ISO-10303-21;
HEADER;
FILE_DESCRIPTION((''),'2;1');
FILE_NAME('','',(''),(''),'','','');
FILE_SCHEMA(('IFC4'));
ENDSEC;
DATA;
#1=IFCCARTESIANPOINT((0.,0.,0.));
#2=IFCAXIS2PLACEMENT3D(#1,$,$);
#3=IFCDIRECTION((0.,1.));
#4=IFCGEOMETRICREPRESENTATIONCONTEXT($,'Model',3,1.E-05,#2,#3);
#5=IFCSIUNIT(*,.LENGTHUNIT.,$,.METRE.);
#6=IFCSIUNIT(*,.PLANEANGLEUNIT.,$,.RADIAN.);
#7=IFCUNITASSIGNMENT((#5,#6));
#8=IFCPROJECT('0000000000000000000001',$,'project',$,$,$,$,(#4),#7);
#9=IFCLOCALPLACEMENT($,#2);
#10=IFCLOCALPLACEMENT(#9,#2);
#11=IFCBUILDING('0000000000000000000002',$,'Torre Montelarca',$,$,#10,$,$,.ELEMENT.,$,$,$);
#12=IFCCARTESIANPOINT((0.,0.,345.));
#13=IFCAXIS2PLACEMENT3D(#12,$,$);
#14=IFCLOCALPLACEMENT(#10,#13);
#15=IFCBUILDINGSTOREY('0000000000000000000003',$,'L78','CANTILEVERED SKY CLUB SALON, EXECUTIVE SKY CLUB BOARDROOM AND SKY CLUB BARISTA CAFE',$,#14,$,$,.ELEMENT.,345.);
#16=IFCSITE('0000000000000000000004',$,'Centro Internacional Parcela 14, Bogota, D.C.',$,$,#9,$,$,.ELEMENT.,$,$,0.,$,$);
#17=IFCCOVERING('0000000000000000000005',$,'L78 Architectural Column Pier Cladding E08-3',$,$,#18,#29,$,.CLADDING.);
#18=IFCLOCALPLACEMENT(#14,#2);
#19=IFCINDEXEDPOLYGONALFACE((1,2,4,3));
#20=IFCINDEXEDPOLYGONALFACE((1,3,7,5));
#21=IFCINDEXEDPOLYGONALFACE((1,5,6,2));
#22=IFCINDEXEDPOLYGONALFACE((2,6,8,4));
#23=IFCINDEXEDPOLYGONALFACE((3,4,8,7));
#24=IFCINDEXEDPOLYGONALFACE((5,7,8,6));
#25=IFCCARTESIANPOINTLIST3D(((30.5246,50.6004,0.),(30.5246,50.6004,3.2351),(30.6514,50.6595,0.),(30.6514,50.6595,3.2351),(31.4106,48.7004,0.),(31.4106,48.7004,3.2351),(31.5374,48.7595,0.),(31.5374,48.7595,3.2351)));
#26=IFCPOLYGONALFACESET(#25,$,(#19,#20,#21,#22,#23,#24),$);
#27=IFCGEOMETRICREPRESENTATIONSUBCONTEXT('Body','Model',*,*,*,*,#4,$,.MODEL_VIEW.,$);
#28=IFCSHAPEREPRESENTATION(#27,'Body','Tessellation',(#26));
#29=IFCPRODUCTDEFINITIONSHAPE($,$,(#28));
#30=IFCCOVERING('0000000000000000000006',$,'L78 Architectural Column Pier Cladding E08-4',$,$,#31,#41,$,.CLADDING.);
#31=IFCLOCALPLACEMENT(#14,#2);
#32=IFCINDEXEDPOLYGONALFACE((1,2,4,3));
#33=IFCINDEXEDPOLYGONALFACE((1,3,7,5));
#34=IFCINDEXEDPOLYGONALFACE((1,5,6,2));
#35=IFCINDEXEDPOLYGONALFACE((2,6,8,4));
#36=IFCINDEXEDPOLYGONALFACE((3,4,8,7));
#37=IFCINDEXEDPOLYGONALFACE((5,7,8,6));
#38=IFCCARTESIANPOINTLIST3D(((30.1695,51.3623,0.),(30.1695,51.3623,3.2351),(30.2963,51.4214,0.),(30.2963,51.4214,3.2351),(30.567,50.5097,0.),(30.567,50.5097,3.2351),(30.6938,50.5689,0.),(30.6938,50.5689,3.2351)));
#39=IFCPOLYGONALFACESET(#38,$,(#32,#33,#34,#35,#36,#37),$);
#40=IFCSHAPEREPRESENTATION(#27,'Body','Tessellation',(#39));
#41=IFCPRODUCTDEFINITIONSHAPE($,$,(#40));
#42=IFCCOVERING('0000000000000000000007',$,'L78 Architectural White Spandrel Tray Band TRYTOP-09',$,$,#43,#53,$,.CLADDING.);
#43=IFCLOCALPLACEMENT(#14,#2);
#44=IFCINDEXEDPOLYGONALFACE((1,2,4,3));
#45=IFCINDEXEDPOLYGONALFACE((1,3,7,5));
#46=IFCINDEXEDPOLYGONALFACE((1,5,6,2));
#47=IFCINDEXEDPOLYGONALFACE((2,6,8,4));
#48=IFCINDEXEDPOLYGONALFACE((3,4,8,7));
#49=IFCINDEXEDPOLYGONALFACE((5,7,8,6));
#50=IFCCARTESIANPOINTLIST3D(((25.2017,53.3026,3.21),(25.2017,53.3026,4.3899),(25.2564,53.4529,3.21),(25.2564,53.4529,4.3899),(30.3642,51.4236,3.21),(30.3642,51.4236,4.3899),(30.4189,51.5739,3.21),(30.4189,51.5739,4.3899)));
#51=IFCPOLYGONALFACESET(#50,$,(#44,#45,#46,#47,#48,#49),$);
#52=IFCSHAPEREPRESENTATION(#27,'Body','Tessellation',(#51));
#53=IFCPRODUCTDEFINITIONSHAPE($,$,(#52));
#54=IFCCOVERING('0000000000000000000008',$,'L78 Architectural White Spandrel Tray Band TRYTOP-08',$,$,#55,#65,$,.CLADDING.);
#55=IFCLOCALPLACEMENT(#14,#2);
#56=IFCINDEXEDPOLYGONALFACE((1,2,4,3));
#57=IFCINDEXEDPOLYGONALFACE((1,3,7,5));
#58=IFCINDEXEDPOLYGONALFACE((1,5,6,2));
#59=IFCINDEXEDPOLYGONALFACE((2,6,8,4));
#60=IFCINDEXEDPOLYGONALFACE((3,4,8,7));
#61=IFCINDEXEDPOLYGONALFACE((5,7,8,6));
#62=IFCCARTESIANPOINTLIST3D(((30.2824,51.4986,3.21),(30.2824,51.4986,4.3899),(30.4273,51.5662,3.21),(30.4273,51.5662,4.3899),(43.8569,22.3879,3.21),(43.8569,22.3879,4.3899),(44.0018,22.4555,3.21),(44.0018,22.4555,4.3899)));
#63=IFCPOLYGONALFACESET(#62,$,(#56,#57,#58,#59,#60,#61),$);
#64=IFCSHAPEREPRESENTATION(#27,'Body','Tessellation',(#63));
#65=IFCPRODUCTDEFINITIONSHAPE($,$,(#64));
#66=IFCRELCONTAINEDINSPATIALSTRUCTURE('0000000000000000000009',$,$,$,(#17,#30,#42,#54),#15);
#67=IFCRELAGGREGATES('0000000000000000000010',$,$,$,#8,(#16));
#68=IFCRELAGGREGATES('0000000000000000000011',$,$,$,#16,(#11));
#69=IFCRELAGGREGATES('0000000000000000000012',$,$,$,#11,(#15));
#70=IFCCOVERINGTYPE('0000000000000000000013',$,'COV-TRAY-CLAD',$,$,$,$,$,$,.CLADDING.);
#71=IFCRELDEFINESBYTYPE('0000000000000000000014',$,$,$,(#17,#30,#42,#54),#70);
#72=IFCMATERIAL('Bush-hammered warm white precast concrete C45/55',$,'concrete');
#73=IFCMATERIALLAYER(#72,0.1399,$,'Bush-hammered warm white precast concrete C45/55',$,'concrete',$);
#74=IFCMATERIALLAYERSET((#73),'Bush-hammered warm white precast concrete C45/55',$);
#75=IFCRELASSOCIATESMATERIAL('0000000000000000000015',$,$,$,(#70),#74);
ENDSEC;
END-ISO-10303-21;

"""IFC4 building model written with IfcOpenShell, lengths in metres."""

from ifc_helpers import new_model, si_unit, direction, frame, origin, origin_2d, place, context, subcontext, project, spatial, rectangle, extrude, source, transform, mapped, material, layer, layer_set, type_object, element, save


model = new_model("IFC4")

# Units and contexts
model_context = context("Model", 3, precision=1e-05, world=origin(), true_north=direction((0.0, 1.0)))
body_context = subcontext(model_context, "Body", "Model", "MODEL_VIEW")
ifc_project = project(units=[si_unit("LENGTHUNIT", "METRE"), si_unit("PLANEANGLEUNIT", "RADIAN")], contexts=[model_context])

# Site, building, storey
site_placement = place(None, origin())
site = spatial("IfcSite", under=ifc_project, at=site_placement, Name="Centro Internacional Parcela 14, Bogota, D.C.", CompositionType="ELEMENT", RefElevation=0.0)
building_placement = place(site_placement, origin())
building = spatial("IfcBuilding", under=site, at=building_placement, Name="Torre Montelarca", CompositionType="ELEMENT")
storey_placement = place(building_placement, frame((0.0, 0.0, 345.0)))
storey = spatial("IfcBuildingStorey", under=building, at=storey_placement, Name="L78", Description="CANTILEVERED SKY CLUB SALON, EXECUTIVE SKY CLUB BOARDROOM AND SKY CLUB BARISTA CAFE", CompositionType="ELEMENT", Elevation=345.0)

# Coverings
ifc_material_1 = material(Name="Bush-hammered warm white precast concrete C45/55", Category="concrete")
ifc_layer_1 = layer(ifc_material_1, 0.1399, Name="Bush-hammered warm white precast concrete C45/55", Category="concrete")
ifc_layer_set_1 = layer_set([ifc_layer_1], Name="Bush-hammered warm white precast concrete C45/55")
covering_type = type_object("IfcCoveringType", Name="COV-TRAY-CLAD", PredefinedType="CLADDING", material=ifc_layer_set_1)
shared_shape_1 = source(origin(), body_context, "Body", "SweptSolid", [
    extrude(rectangle(XDim=2.0964, YDim=0.1399, at=origin_2d()), origin(), (0.0, 0.0, 1.0), 3.2351),
])
covering_1_placement = place(storey_placement, frame((31.031, 49.6799, 0.0), z_axis=(0.0, 0.0, 1.0), x_axis=(-0.422617, 0.906309, 0.0)))
element("IfcCovering", 1, at=covering_1_placement, inside=storey, type_object=covering_type, Name="L78 Architectural Column Pier Cladding E08-3", PredefinedType="CLADDING", context=body_context, shape_type="MappedRepresentation", body=[
    mapped(shared_shape_1, transform((0.0, 0.0, 0.0), scale=1.0)),
])
shared_shape_2 = source(origin(), body_context, "Body", "SweptSolid", [
    extrude(rectangle(XDim=0.9407, YDim=0.1399, at=origin_2d()), origin(), (0.0, 0.0, 1.0), 3.2351),
])
covering_2_placement = place(storey_placement, frame((30.4316, 50.9656, 0.0), z_axis=(0.0, 0.0, 1.0), x_axis=(-0.422617, 0.906309, 0.0)))
element("IfcCovering", 2, at=covering_2_placement, inside=storey, type_object=covering_type, Name="L78 Architectural Column Pier Cladding E08-4", PredefinedType="CLADDING", context=body_context, shape_type="MappedRepresentation", body=[
    mapped(shared_shape_2, transform((0.0, 0.0, 0.0), scale=1.0)),
])
shared_shape_3 = source(origin(), body_context, "Body", "SweptSolid", [
    extrude(rectangle(XDim=5.4939, YDim=0.1599, at=origin_2d()), origin(), (0.0, 0.0, 1.0), 1.1799),
])
covering_3_placement = place(storey_placement, frame((27.8103, 52.4382, 3.21), z_axis=(0.0, 0.0, 1.0), x_axis=(-0.939693, 0.342019, 0.0)))
element("IfcCovering", 3, at=covering_3_placement, inside=storey, type_object=covering_type, Name="L78 Architectural White Spandrel Tray Band TRYTOP-09", PredefinedType="CLADDING", context=body_context, shape_type="MappedRepresentation", body=[
    mapped(shared_shape_3, transform((0.0, 0.0, 0.0), scale=1.0)),
])
shared_shape_4 = source(origin(), body_context, "Body", "SweptSolid", [
    extrude(rectangle(XDim=32.1201, YDim=0.1599, at=origin_2d()), origin(), (0.0, 0.0, 1.0), 1.1799),
])
covering_4_placement = place(storey_placement, frame((37.1421, 36.9771, 3.21), z_axis=(0.0, 0.0, 1.0), x_axis=(-0.422618, 0.906308, 0.0)))
element("IfcCovering", 4, at=covering_4_placement, inside=storey, type_object=covering_type, Name="L78 Architectural White Spandrel Tray Band TRYTOP-08", PredefinedType="CLADDING", context=body_context, shape_type="MappedRepresentation", body=[
    mapped(shared_shape_4, transform((0.0, 0.0, 0.0), scale=1.0)),
])

save(model, "model.ifc")
